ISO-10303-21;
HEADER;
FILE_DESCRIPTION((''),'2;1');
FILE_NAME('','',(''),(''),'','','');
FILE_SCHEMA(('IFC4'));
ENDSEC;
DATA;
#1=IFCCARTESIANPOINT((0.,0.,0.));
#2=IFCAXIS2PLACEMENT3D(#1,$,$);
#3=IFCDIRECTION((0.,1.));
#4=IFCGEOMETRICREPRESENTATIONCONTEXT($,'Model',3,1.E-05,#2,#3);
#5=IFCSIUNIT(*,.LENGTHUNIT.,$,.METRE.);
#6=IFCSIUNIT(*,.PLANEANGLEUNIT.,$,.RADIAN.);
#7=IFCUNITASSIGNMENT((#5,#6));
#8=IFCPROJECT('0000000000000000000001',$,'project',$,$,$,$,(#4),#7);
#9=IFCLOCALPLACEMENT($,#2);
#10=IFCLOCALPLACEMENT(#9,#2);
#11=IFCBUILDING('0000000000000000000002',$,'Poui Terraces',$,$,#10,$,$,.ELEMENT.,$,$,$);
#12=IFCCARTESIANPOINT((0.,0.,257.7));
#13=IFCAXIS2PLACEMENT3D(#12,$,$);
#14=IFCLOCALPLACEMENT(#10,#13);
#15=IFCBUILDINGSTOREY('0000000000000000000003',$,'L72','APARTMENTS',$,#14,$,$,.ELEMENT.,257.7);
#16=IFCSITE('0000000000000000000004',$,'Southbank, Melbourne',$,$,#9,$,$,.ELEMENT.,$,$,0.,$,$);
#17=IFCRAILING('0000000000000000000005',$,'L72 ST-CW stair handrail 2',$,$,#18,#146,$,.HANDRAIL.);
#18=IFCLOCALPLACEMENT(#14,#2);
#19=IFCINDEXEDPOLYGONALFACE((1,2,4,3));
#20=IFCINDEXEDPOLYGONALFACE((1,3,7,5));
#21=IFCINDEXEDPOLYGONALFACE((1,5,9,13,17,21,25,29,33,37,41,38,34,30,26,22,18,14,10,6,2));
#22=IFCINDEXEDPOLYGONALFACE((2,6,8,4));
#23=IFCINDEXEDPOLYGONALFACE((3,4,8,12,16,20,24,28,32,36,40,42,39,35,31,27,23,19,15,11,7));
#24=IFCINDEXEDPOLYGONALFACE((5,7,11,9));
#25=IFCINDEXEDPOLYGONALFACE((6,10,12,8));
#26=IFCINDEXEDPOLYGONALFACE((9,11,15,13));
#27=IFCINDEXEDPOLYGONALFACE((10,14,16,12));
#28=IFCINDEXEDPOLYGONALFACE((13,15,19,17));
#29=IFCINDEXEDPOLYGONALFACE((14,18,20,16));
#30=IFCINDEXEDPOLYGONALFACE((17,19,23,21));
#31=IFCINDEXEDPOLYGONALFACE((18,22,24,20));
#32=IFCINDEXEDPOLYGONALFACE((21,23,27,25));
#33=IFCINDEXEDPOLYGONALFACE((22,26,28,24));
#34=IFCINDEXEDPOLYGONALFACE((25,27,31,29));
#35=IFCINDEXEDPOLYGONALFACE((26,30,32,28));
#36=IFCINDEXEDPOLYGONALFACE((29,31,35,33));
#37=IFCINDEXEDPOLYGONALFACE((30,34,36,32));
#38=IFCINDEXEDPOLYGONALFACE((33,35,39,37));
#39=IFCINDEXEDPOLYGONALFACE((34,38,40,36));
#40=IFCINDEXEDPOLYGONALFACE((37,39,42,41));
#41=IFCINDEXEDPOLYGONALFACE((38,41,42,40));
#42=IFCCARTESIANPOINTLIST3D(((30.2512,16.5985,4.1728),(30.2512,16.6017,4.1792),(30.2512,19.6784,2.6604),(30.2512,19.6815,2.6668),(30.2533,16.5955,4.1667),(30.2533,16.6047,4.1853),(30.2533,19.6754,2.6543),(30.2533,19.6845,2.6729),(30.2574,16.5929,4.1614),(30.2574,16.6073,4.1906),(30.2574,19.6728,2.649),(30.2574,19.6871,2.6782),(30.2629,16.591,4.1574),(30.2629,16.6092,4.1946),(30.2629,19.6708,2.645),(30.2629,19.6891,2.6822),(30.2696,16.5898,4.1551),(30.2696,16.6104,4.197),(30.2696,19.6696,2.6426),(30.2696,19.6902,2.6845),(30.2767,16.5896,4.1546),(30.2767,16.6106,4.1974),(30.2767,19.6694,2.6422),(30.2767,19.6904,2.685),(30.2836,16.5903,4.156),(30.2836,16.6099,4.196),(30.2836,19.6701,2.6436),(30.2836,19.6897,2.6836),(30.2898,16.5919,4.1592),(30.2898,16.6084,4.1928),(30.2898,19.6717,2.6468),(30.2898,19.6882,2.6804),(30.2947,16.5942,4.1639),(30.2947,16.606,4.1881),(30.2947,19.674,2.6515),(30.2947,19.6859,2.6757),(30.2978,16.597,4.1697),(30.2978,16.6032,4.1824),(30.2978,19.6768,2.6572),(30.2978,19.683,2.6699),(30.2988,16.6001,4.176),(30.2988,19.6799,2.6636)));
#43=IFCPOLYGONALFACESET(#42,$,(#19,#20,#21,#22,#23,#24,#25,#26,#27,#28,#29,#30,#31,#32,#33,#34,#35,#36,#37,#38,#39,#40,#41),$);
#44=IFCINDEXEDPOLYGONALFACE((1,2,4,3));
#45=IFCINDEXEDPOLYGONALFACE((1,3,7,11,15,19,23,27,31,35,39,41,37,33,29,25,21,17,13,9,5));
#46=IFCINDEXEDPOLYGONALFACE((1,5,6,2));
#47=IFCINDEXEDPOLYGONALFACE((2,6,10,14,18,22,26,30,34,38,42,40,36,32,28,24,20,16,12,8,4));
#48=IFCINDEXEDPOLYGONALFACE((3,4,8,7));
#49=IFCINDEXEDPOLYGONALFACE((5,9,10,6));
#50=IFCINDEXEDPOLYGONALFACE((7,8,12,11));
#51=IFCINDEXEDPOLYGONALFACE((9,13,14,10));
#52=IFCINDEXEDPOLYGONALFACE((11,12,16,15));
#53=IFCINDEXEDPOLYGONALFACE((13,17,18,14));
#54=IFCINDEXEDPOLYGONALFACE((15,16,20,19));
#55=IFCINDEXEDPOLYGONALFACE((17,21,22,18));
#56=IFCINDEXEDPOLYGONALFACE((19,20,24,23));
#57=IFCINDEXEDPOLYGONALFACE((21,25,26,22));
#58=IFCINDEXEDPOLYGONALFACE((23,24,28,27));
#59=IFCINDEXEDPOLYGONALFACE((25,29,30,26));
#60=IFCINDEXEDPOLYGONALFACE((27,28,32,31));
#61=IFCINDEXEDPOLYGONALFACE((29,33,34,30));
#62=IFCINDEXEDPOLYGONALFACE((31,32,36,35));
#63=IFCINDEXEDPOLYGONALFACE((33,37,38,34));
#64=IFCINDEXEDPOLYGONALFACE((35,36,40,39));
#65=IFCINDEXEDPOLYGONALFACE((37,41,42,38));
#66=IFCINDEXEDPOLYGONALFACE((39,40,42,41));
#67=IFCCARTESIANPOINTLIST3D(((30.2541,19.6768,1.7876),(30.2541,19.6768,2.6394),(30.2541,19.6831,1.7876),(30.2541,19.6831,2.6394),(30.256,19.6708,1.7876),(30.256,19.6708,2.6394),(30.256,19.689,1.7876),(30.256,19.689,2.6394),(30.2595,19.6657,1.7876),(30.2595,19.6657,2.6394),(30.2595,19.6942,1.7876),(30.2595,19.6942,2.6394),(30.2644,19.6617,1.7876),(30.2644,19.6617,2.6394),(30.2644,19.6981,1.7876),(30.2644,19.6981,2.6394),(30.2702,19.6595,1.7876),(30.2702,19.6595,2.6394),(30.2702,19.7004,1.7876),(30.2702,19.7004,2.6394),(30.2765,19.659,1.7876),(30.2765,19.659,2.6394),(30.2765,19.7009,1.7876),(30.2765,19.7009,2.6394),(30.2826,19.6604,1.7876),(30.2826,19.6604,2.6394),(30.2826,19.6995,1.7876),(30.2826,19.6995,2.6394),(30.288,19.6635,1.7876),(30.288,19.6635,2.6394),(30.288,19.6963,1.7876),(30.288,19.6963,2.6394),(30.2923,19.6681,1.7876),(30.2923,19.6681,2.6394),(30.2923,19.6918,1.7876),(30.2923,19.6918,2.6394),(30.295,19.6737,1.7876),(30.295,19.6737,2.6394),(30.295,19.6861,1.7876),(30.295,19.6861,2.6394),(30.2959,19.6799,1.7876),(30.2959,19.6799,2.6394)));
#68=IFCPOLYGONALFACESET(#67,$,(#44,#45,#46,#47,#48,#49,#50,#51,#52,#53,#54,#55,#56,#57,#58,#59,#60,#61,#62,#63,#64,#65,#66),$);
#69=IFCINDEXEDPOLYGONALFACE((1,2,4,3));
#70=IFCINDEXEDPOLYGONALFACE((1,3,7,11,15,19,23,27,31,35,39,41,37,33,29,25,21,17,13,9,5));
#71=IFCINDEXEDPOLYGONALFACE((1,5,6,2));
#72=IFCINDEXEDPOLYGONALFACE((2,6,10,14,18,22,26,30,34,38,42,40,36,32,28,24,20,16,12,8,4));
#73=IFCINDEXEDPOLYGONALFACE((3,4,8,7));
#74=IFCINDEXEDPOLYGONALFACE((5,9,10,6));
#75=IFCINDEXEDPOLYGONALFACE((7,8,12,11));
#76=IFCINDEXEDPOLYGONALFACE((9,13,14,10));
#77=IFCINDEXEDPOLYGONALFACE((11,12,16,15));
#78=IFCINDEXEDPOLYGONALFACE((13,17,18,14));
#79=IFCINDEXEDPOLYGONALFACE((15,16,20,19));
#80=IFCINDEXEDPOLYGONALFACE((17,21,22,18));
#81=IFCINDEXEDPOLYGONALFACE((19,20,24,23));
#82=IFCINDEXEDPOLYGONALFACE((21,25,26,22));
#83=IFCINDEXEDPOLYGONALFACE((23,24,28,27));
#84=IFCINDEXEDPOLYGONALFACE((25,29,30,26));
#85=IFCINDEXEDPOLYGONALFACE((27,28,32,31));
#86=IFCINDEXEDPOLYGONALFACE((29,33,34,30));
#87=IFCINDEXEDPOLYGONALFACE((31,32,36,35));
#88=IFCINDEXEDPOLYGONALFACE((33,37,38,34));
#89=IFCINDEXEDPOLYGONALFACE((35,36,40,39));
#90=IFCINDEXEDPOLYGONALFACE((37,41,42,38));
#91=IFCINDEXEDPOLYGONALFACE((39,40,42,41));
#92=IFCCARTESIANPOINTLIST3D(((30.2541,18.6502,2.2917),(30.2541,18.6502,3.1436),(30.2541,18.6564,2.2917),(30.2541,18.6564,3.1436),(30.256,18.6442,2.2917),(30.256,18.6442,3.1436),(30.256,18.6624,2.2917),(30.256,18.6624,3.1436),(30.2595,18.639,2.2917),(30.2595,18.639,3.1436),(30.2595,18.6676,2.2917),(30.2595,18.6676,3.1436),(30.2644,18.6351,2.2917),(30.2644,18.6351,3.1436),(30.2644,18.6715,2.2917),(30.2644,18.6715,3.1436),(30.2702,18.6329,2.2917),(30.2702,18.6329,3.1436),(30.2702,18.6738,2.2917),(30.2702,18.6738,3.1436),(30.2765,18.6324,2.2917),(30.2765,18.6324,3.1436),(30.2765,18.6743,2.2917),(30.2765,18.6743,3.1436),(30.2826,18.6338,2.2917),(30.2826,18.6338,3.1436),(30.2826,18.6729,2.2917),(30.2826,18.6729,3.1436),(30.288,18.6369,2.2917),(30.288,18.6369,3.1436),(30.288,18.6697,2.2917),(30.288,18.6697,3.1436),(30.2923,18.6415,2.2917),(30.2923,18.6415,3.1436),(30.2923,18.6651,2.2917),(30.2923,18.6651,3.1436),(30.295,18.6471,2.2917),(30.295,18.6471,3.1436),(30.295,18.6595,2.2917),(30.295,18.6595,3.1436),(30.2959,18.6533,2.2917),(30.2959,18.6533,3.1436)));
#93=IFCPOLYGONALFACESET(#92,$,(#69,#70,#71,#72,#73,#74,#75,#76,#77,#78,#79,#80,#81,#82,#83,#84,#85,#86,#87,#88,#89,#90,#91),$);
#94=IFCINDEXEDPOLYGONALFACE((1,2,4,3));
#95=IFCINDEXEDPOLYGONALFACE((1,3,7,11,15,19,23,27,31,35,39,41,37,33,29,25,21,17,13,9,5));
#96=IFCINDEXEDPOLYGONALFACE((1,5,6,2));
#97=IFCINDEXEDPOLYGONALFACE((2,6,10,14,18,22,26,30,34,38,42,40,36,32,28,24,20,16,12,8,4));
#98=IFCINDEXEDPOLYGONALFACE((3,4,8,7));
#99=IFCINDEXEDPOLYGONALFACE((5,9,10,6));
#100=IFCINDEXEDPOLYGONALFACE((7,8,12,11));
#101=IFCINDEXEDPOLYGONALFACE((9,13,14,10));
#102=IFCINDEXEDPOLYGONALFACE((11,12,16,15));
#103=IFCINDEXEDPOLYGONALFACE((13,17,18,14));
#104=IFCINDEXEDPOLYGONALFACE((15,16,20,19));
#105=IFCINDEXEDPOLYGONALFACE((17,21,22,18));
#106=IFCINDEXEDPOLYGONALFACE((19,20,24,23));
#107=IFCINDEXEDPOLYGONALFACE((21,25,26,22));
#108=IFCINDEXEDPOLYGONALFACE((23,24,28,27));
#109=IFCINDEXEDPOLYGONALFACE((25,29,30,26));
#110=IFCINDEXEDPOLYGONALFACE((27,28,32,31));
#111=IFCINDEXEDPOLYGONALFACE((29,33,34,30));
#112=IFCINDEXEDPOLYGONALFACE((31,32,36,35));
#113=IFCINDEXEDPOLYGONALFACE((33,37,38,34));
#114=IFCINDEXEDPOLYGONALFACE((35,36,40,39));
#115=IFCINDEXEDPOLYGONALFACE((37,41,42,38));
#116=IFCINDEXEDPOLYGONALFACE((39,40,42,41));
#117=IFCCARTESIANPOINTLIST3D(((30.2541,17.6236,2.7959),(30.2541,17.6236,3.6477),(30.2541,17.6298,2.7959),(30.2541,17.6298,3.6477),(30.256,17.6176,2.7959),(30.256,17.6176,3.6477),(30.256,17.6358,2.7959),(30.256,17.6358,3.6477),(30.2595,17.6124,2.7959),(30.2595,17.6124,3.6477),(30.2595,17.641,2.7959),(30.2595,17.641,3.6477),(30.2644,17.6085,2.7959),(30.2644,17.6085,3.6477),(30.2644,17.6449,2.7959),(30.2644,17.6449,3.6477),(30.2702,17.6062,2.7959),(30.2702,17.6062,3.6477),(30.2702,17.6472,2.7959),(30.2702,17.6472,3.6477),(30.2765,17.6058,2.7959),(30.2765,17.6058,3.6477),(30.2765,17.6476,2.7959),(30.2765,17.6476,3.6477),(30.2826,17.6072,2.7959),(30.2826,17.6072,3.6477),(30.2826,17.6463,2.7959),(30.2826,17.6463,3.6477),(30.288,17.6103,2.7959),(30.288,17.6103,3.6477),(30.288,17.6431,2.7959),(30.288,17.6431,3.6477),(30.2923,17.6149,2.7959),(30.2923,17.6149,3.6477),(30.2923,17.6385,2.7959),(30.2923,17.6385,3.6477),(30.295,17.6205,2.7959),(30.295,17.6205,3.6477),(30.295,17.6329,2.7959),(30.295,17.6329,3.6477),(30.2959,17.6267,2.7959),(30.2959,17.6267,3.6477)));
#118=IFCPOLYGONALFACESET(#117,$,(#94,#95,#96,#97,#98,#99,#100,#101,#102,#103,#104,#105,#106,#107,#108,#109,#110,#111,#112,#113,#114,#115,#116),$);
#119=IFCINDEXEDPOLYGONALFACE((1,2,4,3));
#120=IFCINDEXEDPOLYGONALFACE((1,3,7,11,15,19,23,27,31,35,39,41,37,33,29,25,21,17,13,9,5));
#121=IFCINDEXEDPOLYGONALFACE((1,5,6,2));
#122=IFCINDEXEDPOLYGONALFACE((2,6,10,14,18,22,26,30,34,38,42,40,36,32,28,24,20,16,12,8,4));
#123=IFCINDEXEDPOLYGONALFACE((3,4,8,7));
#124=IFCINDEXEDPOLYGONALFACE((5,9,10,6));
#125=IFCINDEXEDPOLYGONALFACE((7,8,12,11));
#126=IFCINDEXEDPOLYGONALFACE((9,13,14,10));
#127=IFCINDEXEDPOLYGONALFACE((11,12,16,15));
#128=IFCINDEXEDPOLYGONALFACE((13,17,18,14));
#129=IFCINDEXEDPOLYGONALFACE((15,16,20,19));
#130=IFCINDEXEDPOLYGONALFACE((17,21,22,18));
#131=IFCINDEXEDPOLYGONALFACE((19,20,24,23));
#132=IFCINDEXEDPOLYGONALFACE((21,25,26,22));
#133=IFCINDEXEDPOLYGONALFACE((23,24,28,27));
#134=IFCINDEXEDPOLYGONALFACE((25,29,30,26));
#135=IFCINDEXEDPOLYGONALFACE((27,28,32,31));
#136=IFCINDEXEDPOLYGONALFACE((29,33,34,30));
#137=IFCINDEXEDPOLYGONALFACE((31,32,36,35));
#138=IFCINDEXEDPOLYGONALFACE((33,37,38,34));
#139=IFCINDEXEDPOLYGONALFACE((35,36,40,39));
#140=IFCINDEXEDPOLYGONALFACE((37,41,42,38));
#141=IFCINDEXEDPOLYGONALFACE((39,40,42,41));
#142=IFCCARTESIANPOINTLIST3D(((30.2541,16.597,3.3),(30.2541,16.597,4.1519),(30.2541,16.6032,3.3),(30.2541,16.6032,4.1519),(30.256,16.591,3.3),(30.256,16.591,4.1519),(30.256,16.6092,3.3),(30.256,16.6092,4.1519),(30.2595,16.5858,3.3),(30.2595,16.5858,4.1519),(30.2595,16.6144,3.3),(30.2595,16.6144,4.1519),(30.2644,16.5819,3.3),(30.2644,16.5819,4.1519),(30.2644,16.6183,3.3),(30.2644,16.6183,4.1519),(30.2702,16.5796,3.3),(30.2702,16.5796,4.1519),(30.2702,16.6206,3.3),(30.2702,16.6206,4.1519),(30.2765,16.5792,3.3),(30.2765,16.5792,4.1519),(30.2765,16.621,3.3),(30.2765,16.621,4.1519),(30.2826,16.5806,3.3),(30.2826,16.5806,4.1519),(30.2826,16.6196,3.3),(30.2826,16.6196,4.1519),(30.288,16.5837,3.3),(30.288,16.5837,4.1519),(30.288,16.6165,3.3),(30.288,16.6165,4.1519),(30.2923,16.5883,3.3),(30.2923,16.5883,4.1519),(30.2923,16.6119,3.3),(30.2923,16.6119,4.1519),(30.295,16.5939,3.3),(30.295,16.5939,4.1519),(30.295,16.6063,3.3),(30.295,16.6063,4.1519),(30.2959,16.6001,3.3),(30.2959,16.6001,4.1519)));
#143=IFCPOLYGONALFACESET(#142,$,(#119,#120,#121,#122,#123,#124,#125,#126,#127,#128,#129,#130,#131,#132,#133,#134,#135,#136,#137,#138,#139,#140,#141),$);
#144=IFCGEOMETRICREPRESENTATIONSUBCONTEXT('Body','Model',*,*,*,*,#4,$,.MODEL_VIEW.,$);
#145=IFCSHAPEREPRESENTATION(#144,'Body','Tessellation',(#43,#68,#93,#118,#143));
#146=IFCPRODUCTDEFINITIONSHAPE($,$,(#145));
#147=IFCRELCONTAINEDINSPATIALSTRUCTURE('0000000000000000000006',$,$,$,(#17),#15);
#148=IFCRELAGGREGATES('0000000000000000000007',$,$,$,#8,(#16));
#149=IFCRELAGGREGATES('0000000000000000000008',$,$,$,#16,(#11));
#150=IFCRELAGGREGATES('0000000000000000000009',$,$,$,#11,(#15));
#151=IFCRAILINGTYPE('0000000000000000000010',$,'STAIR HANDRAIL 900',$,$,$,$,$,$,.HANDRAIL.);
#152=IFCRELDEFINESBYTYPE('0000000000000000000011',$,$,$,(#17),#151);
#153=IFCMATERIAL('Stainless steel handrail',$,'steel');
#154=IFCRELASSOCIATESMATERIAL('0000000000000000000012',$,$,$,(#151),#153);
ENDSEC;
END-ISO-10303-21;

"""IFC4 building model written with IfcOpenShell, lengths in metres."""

from ifc_helpers import new_model, si_unit, direction, frame, origin, origin_2d, place, context, subcontext, project, spatial, circle, extrude, material, type_object, element, save


model = new_model("IFC4")

# Units and contexts
model_context = context("Model", 3, precision=1e-05, world=origin(), true_north=direction((0.0, 1.0)))
body_context = subcontext(model_context, "Body", "Model", "MODEL_VIEW")
ifc_project = project(units=[si_unit("LENGTHUNIT", "METRE"), si_unit("PLANEANGLEUNIT", "RADIAN")], contexts=[model_context])

# Site, building, storey
site_placement = place(None, origin())
site = spatial("IfcSite", under=ifc_project, at=site_placement, Name="Southbank, Melbourne", CompositionType="ELEMENT", RefElevation=0.0)
building_placement = place(site_placement, origin())
building = spatial("IfcBuilding", under=site, at=building_placement, Name="Poui Terraces", CompositionType="ELEMENT")
storey_placement = place(building_placement, frame((0.0, 0.0, 257.7)))
storey = spatial("IfcBuildingStorey", under=building, at=storey_placement, Name="L72", Description="APARTMENTS", CompositionType="ELEMENT", Elevation=257.7)

# Railing
ifc_material_1 = material(Name="Stainless steel handrail", Category="steel")
railing_type_1 = type_object("IfcRailingType", Name="STAIR HANDRAIL 900", PredefinedType="HANDRAIL", material=ifc_material_1)
railing_1_placement = place(storey_placement, frame((30.2749, 19.6799, 1.7876)))
element("IfcRailing", 1, at=railing_1_placement, inside=storey, type_object=railing_type_1, Name="L72 ST-CW stair handrail 2", PredefinedType="HANDRAIL", context=body_context, shape_type="SweptSolid", body=[
    extrude(circle(Radius=0.0239, at=origin_2d()), frame((0.0, 0.0, 0.876), z_axis=(0.0, -0.897606, 0.440798), x_axis=(1.0, 0.0, 0.0)), (0.0, 0.0, 1.0), 3.4312),
    extrude(circle(Radius=0.021, at=origin_2d()), origin(), (0.0, 0.0, 1.0), 0.8518),
    extrude(circle(Radius=0.021, at=origin_2d()), frame((0.0, -1.0266, 0.5042)), (0.0, 0.0, 1.0), 0.8518),
    extrude(circle(Radius=0.021, at=origin_2d()), frame((0.0, -2.0532, 1.0083)), (0.0, 0.0, 1.0), 0.8518),
    extrude(circle(Radius=0.021, at=origin_2d()), frame((0.0, -3.0798, 1.5125)), (0.0, 0.0, 1.0), 0.8518),
])

save(model, "model.ifc")
